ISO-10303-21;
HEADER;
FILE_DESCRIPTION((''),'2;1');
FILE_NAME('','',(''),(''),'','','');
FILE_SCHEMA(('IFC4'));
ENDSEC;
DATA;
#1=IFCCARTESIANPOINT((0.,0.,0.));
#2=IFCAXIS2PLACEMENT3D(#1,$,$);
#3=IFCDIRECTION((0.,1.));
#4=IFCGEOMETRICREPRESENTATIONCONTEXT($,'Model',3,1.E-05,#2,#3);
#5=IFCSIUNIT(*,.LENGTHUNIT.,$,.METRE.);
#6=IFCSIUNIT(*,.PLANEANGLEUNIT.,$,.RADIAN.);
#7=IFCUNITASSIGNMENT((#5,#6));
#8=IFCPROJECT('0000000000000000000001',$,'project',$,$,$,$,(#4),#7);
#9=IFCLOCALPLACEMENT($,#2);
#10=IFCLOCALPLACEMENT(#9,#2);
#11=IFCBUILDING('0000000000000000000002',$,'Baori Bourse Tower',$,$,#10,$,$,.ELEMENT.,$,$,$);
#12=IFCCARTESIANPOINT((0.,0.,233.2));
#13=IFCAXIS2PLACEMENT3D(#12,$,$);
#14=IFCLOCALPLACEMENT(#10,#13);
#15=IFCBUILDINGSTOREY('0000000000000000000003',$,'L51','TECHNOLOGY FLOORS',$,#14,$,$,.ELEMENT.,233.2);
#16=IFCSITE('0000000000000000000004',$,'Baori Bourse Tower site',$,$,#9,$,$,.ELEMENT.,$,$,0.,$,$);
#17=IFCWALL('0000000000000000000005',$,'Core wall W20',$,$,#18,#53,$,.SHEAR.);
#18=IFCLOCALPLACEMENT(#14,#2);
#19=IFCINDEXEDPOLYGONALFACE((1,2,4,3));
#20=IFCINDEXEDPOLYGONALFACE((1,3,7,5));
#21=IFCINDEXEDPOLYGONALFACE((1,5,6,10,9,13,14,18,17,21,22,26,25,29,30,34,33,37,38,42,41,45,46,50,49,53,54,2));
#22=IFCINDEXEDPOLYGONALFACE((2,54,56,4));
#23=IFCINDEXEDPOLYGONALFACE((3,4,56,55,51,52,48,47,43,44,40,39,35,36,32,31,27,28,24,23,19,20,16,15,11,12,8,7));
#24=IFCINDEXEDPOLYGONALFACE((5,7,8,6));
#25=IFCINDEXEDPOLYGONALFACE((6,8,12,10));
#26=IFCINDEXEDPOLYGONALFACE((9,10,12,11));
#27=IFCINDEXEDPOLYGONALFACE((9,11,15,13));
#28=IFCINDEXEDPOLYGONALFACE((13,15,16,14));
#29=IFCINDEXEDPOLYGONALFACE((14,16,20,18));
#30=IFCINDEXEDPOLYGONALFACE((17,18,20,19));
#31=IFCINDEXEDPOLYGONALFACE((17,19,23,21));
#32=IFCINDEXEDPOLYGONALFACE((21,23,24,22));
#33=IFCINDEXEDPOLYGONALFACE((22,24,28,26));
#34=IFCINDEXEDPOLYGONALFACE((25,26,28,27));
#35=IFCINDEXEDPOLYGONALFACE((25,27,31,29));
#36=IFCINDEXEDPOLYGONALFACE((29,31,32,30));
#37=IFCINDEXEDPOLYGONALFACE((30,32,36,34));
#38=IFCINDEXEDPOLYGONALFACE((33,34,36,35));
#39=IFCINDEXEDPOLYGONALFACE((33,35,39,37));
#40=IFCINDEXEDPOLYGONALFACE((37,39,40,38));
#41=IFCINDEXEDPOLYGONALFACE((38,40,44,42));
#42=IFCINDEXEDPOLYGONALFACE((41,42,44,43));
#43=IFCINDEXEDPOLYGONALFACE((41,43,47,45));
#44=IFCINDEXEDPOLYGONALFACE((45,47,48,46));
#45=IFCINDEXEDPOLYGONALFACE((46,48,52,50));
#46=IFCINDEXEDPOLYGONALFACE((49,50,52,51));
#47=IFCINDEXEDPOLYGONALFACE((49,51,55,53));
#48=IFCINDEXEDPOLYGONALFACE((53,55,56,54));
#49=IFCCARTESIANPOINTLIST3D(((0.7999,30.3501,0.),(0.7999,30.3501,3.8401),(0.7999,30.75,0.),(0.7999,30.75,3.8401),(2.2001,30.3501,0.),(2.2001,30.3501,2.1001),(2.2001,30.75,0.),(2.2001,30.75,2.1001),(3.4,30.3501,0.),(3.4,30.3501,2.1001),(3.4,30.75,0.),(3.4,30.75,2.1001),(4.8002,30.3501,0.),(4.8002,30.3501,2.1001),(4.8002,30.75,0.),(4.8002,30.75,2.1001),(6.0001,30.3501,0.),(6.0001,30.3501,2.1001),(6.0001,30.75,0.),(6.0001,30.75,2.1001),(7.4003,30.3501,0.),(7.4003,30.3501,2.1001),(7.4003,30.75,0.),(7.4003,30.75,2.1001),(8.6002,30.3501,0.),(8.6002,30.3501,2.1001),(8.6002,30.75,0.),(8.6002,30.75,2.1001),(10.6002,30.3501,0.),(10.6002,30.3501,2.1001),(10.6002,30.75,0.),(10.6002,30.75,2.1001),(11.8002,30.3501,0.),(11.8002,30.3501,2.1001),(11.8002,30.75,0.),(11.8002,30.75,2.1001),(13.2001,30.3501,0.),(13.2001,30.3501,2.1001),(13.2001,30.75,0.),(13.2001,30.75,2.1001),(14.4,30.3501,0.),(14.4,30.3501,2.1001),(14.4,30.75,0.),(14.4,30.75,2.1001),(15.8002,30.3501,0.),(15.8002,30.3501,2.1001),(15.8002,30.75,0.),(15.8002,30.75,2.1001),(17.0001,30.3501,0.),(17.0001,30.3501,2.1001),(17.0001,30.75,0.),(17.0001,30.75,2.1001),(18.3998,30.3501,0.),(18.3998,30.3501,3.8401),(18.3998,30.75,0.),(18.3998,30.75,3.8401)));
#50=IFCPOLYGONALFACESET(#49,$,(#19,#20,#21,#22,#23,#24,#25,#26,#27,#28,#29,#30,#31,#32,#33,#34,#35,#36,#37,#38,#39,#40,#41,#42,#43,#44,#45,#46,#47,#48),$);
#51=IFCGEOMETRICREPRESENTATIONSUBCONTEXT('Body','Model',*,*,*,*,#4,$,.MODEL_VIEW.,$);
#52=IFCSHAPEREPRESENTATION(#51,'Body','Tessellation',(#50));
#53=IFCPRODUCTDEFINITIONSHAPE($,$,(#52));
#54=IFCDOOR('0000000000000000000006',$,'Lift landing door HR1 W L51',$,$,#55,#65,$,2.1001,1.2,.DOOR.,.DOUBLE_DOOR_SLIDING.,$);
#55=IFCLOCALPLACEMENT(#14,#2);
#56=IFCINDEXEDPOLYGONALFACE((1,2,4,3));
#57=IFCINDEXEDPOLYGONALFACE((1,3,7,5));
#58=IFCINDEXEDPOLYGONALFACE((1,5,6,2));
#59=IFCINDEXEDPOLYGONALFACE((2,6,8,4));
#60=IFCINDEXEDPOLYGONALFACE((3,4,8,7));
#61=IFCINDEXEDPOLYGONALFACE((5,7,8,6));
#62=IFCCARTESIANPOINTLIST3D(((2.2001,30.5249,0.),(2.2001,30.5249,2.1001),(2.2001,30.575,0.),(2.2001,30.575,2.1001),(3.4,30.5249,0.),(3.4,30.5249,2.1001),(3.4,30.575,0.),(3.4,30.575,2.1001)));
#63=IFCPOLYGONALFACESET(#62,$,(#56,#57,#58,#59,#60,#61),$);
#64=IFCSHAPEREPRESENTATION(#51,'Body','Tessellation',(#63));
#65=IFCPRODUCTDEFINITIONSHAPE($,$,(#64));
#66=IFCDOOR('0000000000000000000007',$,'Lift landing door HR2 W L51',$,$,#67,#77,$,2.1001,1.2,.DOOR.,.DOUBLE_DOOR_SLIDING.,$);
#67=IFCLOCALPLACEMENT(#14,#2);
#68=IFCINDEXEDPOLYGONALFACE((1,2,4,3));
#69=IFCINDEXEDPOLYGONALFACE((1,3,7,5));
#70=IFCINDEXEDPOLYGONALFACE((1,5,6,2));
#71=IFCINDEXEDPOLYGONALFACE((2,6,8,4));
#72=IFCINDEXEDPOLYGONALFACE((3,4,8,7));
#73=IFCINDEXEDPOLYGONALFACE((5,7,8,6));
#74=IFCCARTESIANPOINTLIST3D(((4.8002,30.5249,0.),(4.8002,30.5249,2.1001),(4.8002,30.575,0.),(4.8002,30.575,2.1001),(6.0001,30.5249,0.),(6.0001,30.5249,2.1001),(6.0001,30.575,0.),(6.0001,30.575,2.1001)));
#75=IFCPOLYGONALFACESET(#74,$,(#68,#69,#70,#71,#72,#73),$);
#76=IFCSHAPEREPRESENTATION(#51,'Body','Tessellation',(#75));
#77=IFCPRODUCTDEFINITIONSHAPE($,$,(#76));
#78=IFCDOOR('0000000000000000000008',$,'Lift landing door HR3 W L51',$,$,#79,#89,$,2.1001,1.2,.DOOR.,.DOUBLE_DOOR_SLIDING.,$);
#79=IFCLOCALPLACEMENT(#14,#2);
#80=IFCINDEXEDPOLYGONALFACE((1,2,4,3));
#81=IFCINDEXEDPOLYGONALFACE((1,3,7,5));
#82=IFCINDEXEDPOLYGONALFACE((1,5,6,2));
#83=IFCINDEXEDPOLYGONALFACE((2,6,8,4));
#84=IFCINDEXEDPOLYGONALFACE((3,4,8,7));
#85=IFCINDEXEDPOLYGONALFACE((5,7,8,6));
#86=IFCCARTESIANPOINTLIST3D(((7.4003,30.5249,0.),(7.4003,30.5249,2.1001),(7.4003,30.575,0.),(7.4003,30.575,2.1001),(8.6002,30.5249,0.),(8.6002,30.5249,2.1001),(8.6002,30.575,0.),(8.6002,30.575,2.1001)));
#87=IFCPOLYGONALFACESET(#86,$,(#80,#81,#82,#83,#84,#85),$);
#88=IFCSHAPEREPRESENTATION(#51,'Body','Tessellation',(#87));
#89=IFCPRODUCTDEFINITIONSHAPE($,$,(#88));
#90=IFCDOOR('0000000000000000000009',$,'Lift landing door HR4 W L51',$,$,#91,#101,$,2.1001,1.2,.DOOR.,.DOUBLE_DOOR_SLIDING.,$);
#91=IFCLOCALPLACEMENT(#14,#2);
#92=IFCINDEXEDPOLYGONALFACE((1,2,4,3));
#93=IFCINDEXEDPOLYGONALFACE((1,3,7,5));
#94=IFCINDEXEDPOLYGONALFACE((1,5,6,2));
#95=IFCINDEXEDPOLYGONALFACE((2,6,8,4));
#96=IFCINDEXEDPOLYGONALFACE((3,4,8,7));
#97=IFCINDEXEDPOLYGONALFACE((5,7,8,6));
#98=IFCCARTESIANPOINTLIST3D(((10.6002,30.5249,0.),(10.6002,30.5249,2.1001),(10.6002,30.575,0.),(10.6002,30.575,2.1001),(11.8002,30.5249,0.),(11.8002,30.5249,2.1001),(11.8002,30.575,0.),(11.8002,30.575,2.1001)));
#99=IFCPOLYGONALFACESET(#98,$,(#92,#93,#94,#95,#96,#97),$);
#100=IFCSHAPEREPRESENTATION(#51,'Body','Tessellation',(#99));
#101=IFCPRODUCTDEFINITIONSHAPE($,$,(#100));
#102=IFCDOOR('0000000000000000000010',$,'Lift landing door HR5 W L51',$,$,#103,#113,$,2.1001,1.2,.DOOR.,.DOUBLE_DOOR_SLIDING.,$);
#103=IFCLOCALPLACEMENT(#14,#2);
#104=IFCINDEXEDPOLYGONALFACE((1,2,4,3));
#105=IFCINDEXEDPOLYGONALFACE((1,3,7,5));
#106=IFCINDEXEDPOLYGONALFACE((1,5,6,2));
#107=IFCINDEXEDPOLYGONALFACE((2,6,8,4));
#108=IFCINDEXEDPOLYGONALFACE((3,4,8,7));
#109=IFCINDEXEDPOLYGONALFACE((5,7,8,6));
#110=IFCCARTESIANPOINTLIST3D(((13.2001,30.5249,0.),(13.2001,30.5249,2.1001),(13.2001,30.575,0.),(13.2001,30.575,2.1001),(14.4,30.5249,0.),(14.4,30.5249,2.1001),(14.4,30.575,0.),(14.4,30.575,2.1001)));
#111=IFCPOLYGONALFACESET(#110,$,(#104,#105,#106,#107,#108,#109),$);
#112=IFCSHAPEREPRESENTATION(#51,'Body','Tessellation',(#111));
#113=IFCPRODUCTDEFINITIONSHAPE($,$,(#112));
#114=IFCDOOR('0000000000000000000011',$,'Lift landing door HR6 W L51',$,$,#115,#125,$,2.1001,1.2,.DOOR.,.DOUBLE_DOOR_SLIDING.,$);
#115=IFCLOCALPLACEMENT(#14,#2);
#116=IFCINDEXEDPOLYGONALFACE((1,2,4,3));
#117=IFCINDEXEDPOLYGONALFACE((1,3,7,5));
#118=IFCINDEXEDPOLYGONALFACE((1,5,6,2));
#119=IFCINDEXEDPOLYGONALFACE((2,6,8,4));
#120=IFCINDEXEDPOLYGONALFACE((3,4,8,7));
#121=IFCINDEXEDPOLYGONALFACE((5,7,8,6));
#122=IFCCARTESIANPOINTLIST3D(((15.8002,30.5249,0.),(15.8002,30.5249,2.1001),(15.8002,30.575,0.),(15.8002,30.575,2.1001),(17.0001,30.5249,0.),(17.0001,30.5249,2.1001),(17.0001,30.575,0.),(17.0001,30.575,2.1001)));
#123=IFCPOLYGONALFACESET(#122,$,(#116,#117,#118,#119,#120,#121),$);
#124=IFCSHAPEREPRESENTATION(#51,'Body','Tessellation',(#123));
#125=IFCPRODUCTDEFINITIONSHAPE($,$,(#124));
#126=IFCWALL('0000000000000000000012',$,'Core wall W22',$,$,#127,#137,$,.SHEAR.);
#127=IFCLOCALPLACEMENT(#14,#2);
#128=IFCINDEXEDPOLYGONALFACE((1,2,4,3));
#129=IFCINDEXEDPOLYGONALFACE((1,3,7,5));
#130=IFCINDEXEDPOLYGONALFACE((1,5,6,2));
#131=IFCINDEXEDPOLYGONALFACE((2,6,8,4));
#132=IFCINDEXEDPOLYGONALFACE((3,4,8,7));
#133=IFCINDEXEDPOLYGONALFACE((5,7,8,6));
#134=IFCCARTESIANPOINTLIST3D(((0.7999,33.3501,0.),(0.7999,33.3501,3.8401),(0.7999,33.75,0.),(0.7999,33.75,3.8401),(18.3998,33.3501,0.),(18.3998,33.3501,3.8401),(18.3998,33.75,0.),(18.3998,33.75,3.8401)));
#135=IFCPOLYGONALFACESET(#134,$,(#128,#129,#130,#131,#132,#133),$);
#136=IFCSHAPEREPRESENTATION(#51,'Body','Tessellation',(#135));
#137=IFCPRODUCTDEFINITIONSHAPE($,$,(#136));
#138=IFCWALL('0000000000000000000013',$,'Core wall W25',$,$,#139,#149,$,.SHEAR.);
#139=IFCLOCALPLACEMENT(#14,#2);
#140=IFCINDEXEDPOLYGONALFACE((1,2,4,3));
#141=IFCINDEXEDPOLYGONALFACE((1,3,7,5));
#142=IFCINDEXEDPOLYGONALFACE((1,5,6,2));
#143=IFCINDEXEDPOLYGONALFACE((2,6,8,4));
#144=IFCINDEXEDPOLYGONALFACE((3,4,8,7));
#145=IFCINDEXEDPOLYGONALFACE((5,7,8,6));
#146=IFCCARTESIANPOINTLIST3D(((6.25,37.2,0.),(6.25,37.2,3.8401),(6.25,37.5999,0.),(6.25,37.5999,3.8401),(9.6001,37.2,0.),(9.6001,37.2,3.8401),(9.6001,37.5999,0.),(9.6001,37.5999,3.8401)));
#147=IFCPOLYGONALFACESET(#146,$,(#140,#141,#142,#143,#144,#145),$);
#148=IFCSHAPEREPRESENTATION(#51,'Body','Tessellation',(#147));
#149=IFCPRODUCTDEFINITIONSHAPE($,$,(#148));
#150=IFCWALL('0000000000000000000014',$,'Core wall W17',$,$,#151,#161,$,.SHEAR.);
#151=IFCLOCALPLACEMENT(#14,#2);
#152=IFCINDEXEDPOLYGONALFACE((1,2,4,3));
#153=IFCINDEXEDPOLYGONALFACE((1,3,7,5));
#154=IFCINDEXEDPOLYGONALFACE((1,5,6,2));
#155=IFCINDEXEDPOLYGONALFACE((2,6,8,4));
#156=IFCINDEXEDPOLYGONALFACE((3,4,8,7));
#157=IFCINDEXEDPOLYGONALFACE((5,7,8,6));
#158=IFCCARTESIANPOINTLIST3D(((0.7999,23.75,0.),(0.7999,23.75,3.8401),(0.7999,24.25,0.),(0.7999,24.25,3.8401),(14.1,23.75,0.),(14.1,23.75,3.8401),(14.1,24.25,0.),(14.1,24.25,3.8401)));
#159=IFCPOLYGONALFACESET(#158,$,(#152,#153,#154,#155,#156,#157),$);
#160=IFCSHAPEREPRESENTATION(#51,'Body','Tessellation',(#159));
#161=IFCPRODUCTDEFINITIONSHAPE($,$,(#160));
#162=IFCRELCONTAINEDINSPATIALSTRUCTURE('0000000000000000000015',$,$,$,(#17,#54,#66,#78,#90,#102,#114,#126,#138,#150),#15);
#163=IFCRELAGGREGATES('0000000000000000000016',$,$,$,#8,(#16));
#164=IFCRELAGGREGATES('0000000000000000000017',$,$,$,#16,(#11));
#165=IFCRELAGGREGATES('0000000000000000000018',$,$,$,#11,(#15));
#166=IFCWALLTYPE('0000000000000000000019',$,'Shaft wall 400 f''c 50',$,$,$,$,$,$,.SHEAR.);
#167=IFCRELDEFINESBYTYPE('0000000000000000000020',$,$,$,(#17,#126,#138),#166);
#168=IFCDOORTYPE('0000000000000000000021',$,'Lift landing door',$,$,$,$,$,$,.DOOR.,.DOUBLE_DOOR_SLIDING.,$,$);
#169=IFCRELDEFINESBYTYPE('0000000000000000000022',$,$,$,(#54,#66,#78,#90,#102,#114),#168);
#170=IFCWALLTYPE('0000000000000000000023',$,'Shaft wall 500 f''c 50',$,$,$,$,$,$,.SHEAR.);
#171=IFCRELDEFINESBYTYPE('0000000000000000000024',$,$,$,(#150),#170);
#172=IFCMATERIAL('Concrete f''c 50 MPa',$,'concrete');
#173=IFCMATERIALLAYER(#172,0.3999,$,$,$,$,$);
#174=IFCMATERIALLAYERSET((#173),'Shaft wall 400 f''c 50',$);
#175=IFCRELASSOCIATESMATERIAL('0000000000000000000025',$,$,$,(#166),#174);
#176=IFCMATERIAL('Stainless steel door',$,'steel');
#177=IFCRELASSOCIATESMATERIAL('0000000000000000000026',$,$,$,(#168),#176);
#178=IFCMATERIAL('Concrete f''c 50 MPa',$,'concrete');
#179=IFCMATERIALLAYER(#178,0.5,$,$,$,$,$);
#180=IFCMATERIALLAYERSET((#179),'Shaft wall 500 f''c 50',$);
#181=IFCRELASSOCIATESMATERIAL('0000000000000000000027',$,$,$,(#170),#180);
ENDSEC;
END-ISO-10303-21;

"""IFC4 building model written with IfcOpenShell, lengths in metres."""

from ifc_helpers import new_model, si_unit, direction, frame, frame_2d, origin, place, context, subcontext, project, spatial, rectangle, extrude, material, layer, layer_set, type_object, element, fill, save


model = new_model("IFC4")

# Units and contexts
model_context = context("Model", 3, precision=1e-05, world=origin(), true_north=direction((0.0, 1.0)))
body_context = subcontext(model_context, "Body", "Model", "MODEL_VIEW")
ifc_project = project(units=[si_unit("LENGTHUNIT", "METRE"), si_unit("PLANEANGLEUNIT", "RADIAN")], contexts=[model_context])

# Site, building, storey
site_placement = place(None, origin())
site = spatial("IfcSite", under=ifc_project, at=site_placement, Name="Baori Bourse Tower site", CompositionType="ELEMENT", RefElevation=0.0)
building_placement = place(site_placement, origin())
building = spatial("IfcBuilding", under=site, at=building_placement, Name="Baori Bourse Tower", CompositionType="ELEMENT")
storey_placement = place(building_placement, frame((0.0, 0.0, 233.2)))
storey = spatial("IfcBuildingStorey", under=building, at=storey_placement, Name="L51", Description="TECHNOLOGY FLOORS", CompositionType="ELEMENT", Elevation=233.2)

# Wall, openings, doors
ifc_material_1 = material(Name="Concrete f'c 50 MPa", Category="concrete")
ifc_layer_1 = layer(ifc_material_1, 0.3999)
ifc_layer_set_1 = layer_set([ifc_layer_1], Name="Shaft wall 400 f'c 50")
wall_type_1 = type_object("IfcWallType", Name="Shaft wall 400 f'c 50", PredefinedType="SHEAR", material=ifc_layer_set_1)
ifc_material_2 = material(Name="Stainless steel door", Category="steel")
door_type_1 = type_object("IfcDoorType", Name="Lift landing door", OperationType="DOUBLE_DOOR_SLIDING", PredefinedType="DOOR", material=ifc_material_2)
wall_1_placement = place(storey_placement, frame((0.8, 30.55, 0.0), z_axis=(0.0, 0.0, 1.0), x_axis=(1.0, 0.0, 0.0)))
wall_1 = element("IfcWall", 1, at=wall_1_placement, inside=storey, type_object=wall_type_1, Name="Core wall W20", PredefinedType="SHEAR", context=body_context, shape_type="SweptSolid", body=[
    extrude(rectangle(XDim=17.5999, YDim=0.3999, at=frame_2d((8.7998, 0.0))), origin(), (0.0, 0.0, 1.0), 3.8401),
])
opening_1_placement = place(wall_1_placement, frame((1.3999, 0.0, 0.0)))
opening_1 = element("IfcOpeningElement", 2, at=opening_1_placement, cuts=wall_1, PredefinedType="OPENING", context=body_context, shape_type="SweptSolid", body=[
    extrude(rectangle(XDim=1.2, YDim=2.1001, at=frame_2d((0.6001, 1.05))), frame((0.0, 0.21, 0.0), z_axis=(0.0, -1.0, 0.0), x_axis=(1.0, 0.0, 0.0)), (0.0, 0.0, 1.0), 0.4199),
])
opening_2_placement = place(wall_1_placement, frame((4.0, 0.0, 0.0)))
opening_2 = element("IfcOpeningElement", 3, at=opening_2_placement, cuts=wall_1, PredefinedType="OPENING", context=body_context, shape_type="SweptSolid", body=[
    extrude(rectangle(XDim=1.2, YDim=2.1001, at=frame_2d((0.6001, 1.05))), frame((0.0, 0.21, 0.0), z_axis=(0.0, -1.0, 0.0), x_axis=(1.0, 0.0, 0.0)), (0.0, 0.0, 1.0), 0.4199),
])
opening_3_placement = place(wall_1_placement, frame((6.6001, 0.0, 0.0)))
opening_3 = element("IfcOpeningElement", 4, at=opening_3_placement, cuts=wall_1, PredefinedType="OPENING", context=body_context, shape_type="SweptSolid", body=[
    extrude(rectangle(XDim=1.2, YDim=2.1001, at=frame_2d((0.6001, 1.05))), frame((0.0, 0.21, 0.0), z_axis=(0.0, -1.0, 0.0), x_axis=(1.0, 0.0, 0.0)), (0.0, 0.0, 1.0), 0.4199),
])
opening_4_placement = place(wall_1_placement, frame((9.8, 0.0, 0.0)))
opening_4 = element("IfcOpeningElement", 5, at=opening_4_placement, cuts=wall_1, PredefinedType="OPENING", context=body_context, shape_type="SweptSolid", body=[
    extrude(rectangle(XDim=1.2, YDim=2.1001, at=frame_2d((0.6001, 1.05))), frame((0.0, 0.21, 0.0), z_axis=(0.0, -1.0, 0.0), x_axis=(1.0, 0.0, 0.0)), (0.0, 0.0, 1.0), 0.4199),
])
opening_5_placement = place(wall_1_placement, frame((12.3999, 0.0, 0.0)))
opening_5 = element("IfcOpeningElement", 6, at=opening_5_placement, cuts=wall_1, PredefinedType="OPENING", context=body_context, shape_type="SweptSolid", body=[
    extrude(rectangle(XDim=1.2, YDim=2.1001, at=frame_2d((0.6001, 1.05))), frame((0.0, 0.21, 0.0), z_axis=(0.0, -1.0, 0.0), x_axis=(1.0, 0.0, 0.0)), (0.0, 0.0, 1.0), 0.4199),
])
opening_6_placement = place(wall_1_placement, frame((15.0, 0.0, 0.0)))
opening_6 = element("IfcOpeningElement", 7, at=opening_6_placement, cuts=wall_1, PredefinedType="OPENING", context=body_context, shape_type="SweptSolid", body=[
    extrude(rectangle(XDim=1.2, YDim=2.1001, at=frame_2d((0.6001, 1.05))), frame((0.0, 0.21, 0.0), z_axis=(0.0, -1.0, 0.0), x_axis=(1.0, 0.0, 0.0)), (0.0, 0.0, 1.0), 0.4199),
])
door_1_placement = place(opening_1_placement, origin())
door_1 = element("IfcDoor", 8, at=door_1_placement, inside=storey, type_object=door_type_1, Name="Lift landing door HR1 W L51", OperationType="DOUBLE_DOOR_SLIDING", OverallHeight=2.1001, OverallWidth=1.2, PredefinedType="DOOR", context=body_context, shape_type="SweptSolid", body=[
    extrude(rectangle(XDim=1.2, YDim=2.1001, at=frame_2d((0.6001, 1.05))), frame((0.0, 0.0249, 0.0), z_axis=(0.0, -1.0, 0.0), x_axis=(1.0, 0.0, 0.0)), (0.0, 0.0, 1.0), 0.05),
])
fill(opening_1, door_1)
door_2_placement = place(opening_2_placement, origin())
door_2 = element("IfcDoor", 9, at=door_2_placement, inside=storey, type_object=door_type_1, Name="Lift landing door HR2 W L51", OperationType="DOUBLE_DOOR_SLIDING", OverallHeight=2.1001, OverallWidth=1.2, PredefinedType="DOOR", context=body_context, shape_type="SweptSolid", body=[
    extrude(rectangle(XDim=1.2, YDim=2.1001, at=frame_2d((0.6001, 1.05))), frame((0.0, 0.0249, 0.0), z_axis=(0.0, -1.0, 0.0), x_axis=(1.0, 0.0, 0.0)), (0.0, 0.0, 1.0), 0.05),
])
fill(opening_2, door_2)
door_3_placement = place(opening_3_placement, origin())
door_3 = element("IfcDoor", 10, at=door_3_placement, inside=storey, type_object=door_type_1, Name="Lift landing door HR3 W L51", OperationType="DOUBLE_DOOR_SLIDING", OverallHeight=2.1001, OverallWidth=1.2, PredefinedType="DOOR", context=body_context, shape_type="SweptSolid", body=[
    extrude(rectangle(XDim=1.2, YDim=2.1001, at=frame_2d((0.6001, 1.05))), frame((0.0, 0.0249, 0.0), z_axis=(0.0, -1.0, 0.0), x_axis=(1.0, 0.0, 0.0)), (0.0, 0.0, 1.0), 0.05),
])
fill(opening_3, door_3)
door_4_placement = place(opening_4_placement, origin())
door_4 = element("IfcDoor", 11, at=door_4_placement, inside=storey, type_object=door_type_1, Name="Lift landing door HR4 W L51", OperationType="DOUBLE_DOOR_SLIDING", OverallHeight=2.1001, OverallWidth=1.2, PredefinedType="DOOR", context=body_context, shape_type="SweptSolid", body=[
    extrude(rectangle(XDim=1.2, YDim=2.1001, at=frame_2d((0.6001, 1.05))), frame((0.0, 0.0249, 0.0), z_axis=(0.0, -1.0, 0.0), x_axis=(1.0, 0.0, 0.0)), (0.0, 0.0, 1.0), 0.05),
])
fill(opening_4, door_4)
door_5_placement = place(opening_5_placement, origin())
door_5 = element("IfcDoor", 12, at=door_5_placement, inside=storey, type_object=door_type_1, Name="Lift landing door HR5 W L51", OperationType="DOUBLE_DOOR_SLIDING", OverallHeight=2.1001, OverallWidth=1.2, PredefinedType="DOOR", context=body_context, shape_type="SweptSolid", body=[
    extrude(rectangle(XDim=1.2, YDim=2.1001, at=frame_2d((0.6001, 1.05))), frame((0.0, 0.0249, 0.0), z_axis=(0.0, -1.0, 0.0), x_axis=(1.0, 0.0, 0.0)), (0.0, 0.0, 1.0), 0.05),
])
fill(opening_5, door_5)
door_6_placement = place(opening_6_placement, origin())
door_6 = element("IfcDoor", 13, at=door_6_placement, inside=storey, type_object=door_type_1, Name="Lift landing door HR6 W L51", OperationType="DOUBLE_DOOR_SLIDING", OverallHeight=2.1001, OverallWidth=1.2, PredefinedType="DOOR", context=body_context, shape_type="SweptSolid", body=[
    extrude(rectangle(XDim=1.2, YDim=2.1001, at=frame_2d((0.6001, 1.05))), frame((0.0, 0.0249, 0.0), z_axis=(0.0, -1.0, 0.0), x_axis=(1.0, 0.0, 0.0)), (0.0, 0.0, 1.0), 0.05),
])
fill(opening_6, door_6)

# Walls
wall_2_placement = place(storey_placement, frame((0.8, 33.55, 0.0), z_axis=(0.0, 0.0, 1.0), x_axis=(1.0, 0.0, 0.0)))
element("IfcWall", 14, at=wall_2_placement, inside=storey, type_object=wall_type_1, Name="Core wall W22", PredefinedType="SHEAR", context=body_context, shape_type="SweptSolid", body=[
    extrude(rectangle(XDim=17.5999, YDim=0.3999, at=frame_2d((8.7998, 0.0))), origin(), (0.0, 0.0, 1.0), 3.8401),
])
wall_3_placement = place(storey_placement, frame((6.25, 37.3999, 0.0), z_axis=(0.0, 0.0, 1.0), x_axis=(1.0, 0.0, 0.0)))
element("IfcWall", 15, at=wall_3_placement, inside=storey, type_object=wall_type_1, Name="Core wall W25", PredefinedType="SHEAR", context=body_context, shape_type="SweptSolid", body=[
    extrude(rectangle(XDim=3.3501, YDim=0.3999, at=frame_2d((1.675, 0.0))), origin(), (0.0, 0.0, 1.0), 3.8401),
])
ifc_material_3 = material(Name="Concrete f'c 50 MPa", Category="concrete")
ifc_layer_2 = layer(ifc_material_3, 0.5)
ifc_layer_set_2 = layer_set([ifc_layer_2], Name="Shaft wall 500 f'c 50")
wall_type_2 = type_object("IfcWallType", Name="Shaft wall 500 f'c 50", PredefinedType="SHEAR", material=ifc_layer_set_2)
wall_4_placement = place(storey_placement, frame((0.8, 24.0, 0.0), z_axis=(0.0, 0.0, 1.0), x_axis=(1.0, 0.0, 0.0)))
element("IfcWall", 16, at=wall_4_placement, inside=storey, type_object=wall_type_2, Name="Core wall W17", PredefinedType="SHEAR", context=body_context, shape_type="SweptSolid", body=[
    extrude(rectangle(XDim=13.3, YDim=0.5, at=frame_2d((6.6499, 0.0))), origin(), (0.0, 0.0, 1.0), 3.8401),
])

save(model, "model.ifc")
